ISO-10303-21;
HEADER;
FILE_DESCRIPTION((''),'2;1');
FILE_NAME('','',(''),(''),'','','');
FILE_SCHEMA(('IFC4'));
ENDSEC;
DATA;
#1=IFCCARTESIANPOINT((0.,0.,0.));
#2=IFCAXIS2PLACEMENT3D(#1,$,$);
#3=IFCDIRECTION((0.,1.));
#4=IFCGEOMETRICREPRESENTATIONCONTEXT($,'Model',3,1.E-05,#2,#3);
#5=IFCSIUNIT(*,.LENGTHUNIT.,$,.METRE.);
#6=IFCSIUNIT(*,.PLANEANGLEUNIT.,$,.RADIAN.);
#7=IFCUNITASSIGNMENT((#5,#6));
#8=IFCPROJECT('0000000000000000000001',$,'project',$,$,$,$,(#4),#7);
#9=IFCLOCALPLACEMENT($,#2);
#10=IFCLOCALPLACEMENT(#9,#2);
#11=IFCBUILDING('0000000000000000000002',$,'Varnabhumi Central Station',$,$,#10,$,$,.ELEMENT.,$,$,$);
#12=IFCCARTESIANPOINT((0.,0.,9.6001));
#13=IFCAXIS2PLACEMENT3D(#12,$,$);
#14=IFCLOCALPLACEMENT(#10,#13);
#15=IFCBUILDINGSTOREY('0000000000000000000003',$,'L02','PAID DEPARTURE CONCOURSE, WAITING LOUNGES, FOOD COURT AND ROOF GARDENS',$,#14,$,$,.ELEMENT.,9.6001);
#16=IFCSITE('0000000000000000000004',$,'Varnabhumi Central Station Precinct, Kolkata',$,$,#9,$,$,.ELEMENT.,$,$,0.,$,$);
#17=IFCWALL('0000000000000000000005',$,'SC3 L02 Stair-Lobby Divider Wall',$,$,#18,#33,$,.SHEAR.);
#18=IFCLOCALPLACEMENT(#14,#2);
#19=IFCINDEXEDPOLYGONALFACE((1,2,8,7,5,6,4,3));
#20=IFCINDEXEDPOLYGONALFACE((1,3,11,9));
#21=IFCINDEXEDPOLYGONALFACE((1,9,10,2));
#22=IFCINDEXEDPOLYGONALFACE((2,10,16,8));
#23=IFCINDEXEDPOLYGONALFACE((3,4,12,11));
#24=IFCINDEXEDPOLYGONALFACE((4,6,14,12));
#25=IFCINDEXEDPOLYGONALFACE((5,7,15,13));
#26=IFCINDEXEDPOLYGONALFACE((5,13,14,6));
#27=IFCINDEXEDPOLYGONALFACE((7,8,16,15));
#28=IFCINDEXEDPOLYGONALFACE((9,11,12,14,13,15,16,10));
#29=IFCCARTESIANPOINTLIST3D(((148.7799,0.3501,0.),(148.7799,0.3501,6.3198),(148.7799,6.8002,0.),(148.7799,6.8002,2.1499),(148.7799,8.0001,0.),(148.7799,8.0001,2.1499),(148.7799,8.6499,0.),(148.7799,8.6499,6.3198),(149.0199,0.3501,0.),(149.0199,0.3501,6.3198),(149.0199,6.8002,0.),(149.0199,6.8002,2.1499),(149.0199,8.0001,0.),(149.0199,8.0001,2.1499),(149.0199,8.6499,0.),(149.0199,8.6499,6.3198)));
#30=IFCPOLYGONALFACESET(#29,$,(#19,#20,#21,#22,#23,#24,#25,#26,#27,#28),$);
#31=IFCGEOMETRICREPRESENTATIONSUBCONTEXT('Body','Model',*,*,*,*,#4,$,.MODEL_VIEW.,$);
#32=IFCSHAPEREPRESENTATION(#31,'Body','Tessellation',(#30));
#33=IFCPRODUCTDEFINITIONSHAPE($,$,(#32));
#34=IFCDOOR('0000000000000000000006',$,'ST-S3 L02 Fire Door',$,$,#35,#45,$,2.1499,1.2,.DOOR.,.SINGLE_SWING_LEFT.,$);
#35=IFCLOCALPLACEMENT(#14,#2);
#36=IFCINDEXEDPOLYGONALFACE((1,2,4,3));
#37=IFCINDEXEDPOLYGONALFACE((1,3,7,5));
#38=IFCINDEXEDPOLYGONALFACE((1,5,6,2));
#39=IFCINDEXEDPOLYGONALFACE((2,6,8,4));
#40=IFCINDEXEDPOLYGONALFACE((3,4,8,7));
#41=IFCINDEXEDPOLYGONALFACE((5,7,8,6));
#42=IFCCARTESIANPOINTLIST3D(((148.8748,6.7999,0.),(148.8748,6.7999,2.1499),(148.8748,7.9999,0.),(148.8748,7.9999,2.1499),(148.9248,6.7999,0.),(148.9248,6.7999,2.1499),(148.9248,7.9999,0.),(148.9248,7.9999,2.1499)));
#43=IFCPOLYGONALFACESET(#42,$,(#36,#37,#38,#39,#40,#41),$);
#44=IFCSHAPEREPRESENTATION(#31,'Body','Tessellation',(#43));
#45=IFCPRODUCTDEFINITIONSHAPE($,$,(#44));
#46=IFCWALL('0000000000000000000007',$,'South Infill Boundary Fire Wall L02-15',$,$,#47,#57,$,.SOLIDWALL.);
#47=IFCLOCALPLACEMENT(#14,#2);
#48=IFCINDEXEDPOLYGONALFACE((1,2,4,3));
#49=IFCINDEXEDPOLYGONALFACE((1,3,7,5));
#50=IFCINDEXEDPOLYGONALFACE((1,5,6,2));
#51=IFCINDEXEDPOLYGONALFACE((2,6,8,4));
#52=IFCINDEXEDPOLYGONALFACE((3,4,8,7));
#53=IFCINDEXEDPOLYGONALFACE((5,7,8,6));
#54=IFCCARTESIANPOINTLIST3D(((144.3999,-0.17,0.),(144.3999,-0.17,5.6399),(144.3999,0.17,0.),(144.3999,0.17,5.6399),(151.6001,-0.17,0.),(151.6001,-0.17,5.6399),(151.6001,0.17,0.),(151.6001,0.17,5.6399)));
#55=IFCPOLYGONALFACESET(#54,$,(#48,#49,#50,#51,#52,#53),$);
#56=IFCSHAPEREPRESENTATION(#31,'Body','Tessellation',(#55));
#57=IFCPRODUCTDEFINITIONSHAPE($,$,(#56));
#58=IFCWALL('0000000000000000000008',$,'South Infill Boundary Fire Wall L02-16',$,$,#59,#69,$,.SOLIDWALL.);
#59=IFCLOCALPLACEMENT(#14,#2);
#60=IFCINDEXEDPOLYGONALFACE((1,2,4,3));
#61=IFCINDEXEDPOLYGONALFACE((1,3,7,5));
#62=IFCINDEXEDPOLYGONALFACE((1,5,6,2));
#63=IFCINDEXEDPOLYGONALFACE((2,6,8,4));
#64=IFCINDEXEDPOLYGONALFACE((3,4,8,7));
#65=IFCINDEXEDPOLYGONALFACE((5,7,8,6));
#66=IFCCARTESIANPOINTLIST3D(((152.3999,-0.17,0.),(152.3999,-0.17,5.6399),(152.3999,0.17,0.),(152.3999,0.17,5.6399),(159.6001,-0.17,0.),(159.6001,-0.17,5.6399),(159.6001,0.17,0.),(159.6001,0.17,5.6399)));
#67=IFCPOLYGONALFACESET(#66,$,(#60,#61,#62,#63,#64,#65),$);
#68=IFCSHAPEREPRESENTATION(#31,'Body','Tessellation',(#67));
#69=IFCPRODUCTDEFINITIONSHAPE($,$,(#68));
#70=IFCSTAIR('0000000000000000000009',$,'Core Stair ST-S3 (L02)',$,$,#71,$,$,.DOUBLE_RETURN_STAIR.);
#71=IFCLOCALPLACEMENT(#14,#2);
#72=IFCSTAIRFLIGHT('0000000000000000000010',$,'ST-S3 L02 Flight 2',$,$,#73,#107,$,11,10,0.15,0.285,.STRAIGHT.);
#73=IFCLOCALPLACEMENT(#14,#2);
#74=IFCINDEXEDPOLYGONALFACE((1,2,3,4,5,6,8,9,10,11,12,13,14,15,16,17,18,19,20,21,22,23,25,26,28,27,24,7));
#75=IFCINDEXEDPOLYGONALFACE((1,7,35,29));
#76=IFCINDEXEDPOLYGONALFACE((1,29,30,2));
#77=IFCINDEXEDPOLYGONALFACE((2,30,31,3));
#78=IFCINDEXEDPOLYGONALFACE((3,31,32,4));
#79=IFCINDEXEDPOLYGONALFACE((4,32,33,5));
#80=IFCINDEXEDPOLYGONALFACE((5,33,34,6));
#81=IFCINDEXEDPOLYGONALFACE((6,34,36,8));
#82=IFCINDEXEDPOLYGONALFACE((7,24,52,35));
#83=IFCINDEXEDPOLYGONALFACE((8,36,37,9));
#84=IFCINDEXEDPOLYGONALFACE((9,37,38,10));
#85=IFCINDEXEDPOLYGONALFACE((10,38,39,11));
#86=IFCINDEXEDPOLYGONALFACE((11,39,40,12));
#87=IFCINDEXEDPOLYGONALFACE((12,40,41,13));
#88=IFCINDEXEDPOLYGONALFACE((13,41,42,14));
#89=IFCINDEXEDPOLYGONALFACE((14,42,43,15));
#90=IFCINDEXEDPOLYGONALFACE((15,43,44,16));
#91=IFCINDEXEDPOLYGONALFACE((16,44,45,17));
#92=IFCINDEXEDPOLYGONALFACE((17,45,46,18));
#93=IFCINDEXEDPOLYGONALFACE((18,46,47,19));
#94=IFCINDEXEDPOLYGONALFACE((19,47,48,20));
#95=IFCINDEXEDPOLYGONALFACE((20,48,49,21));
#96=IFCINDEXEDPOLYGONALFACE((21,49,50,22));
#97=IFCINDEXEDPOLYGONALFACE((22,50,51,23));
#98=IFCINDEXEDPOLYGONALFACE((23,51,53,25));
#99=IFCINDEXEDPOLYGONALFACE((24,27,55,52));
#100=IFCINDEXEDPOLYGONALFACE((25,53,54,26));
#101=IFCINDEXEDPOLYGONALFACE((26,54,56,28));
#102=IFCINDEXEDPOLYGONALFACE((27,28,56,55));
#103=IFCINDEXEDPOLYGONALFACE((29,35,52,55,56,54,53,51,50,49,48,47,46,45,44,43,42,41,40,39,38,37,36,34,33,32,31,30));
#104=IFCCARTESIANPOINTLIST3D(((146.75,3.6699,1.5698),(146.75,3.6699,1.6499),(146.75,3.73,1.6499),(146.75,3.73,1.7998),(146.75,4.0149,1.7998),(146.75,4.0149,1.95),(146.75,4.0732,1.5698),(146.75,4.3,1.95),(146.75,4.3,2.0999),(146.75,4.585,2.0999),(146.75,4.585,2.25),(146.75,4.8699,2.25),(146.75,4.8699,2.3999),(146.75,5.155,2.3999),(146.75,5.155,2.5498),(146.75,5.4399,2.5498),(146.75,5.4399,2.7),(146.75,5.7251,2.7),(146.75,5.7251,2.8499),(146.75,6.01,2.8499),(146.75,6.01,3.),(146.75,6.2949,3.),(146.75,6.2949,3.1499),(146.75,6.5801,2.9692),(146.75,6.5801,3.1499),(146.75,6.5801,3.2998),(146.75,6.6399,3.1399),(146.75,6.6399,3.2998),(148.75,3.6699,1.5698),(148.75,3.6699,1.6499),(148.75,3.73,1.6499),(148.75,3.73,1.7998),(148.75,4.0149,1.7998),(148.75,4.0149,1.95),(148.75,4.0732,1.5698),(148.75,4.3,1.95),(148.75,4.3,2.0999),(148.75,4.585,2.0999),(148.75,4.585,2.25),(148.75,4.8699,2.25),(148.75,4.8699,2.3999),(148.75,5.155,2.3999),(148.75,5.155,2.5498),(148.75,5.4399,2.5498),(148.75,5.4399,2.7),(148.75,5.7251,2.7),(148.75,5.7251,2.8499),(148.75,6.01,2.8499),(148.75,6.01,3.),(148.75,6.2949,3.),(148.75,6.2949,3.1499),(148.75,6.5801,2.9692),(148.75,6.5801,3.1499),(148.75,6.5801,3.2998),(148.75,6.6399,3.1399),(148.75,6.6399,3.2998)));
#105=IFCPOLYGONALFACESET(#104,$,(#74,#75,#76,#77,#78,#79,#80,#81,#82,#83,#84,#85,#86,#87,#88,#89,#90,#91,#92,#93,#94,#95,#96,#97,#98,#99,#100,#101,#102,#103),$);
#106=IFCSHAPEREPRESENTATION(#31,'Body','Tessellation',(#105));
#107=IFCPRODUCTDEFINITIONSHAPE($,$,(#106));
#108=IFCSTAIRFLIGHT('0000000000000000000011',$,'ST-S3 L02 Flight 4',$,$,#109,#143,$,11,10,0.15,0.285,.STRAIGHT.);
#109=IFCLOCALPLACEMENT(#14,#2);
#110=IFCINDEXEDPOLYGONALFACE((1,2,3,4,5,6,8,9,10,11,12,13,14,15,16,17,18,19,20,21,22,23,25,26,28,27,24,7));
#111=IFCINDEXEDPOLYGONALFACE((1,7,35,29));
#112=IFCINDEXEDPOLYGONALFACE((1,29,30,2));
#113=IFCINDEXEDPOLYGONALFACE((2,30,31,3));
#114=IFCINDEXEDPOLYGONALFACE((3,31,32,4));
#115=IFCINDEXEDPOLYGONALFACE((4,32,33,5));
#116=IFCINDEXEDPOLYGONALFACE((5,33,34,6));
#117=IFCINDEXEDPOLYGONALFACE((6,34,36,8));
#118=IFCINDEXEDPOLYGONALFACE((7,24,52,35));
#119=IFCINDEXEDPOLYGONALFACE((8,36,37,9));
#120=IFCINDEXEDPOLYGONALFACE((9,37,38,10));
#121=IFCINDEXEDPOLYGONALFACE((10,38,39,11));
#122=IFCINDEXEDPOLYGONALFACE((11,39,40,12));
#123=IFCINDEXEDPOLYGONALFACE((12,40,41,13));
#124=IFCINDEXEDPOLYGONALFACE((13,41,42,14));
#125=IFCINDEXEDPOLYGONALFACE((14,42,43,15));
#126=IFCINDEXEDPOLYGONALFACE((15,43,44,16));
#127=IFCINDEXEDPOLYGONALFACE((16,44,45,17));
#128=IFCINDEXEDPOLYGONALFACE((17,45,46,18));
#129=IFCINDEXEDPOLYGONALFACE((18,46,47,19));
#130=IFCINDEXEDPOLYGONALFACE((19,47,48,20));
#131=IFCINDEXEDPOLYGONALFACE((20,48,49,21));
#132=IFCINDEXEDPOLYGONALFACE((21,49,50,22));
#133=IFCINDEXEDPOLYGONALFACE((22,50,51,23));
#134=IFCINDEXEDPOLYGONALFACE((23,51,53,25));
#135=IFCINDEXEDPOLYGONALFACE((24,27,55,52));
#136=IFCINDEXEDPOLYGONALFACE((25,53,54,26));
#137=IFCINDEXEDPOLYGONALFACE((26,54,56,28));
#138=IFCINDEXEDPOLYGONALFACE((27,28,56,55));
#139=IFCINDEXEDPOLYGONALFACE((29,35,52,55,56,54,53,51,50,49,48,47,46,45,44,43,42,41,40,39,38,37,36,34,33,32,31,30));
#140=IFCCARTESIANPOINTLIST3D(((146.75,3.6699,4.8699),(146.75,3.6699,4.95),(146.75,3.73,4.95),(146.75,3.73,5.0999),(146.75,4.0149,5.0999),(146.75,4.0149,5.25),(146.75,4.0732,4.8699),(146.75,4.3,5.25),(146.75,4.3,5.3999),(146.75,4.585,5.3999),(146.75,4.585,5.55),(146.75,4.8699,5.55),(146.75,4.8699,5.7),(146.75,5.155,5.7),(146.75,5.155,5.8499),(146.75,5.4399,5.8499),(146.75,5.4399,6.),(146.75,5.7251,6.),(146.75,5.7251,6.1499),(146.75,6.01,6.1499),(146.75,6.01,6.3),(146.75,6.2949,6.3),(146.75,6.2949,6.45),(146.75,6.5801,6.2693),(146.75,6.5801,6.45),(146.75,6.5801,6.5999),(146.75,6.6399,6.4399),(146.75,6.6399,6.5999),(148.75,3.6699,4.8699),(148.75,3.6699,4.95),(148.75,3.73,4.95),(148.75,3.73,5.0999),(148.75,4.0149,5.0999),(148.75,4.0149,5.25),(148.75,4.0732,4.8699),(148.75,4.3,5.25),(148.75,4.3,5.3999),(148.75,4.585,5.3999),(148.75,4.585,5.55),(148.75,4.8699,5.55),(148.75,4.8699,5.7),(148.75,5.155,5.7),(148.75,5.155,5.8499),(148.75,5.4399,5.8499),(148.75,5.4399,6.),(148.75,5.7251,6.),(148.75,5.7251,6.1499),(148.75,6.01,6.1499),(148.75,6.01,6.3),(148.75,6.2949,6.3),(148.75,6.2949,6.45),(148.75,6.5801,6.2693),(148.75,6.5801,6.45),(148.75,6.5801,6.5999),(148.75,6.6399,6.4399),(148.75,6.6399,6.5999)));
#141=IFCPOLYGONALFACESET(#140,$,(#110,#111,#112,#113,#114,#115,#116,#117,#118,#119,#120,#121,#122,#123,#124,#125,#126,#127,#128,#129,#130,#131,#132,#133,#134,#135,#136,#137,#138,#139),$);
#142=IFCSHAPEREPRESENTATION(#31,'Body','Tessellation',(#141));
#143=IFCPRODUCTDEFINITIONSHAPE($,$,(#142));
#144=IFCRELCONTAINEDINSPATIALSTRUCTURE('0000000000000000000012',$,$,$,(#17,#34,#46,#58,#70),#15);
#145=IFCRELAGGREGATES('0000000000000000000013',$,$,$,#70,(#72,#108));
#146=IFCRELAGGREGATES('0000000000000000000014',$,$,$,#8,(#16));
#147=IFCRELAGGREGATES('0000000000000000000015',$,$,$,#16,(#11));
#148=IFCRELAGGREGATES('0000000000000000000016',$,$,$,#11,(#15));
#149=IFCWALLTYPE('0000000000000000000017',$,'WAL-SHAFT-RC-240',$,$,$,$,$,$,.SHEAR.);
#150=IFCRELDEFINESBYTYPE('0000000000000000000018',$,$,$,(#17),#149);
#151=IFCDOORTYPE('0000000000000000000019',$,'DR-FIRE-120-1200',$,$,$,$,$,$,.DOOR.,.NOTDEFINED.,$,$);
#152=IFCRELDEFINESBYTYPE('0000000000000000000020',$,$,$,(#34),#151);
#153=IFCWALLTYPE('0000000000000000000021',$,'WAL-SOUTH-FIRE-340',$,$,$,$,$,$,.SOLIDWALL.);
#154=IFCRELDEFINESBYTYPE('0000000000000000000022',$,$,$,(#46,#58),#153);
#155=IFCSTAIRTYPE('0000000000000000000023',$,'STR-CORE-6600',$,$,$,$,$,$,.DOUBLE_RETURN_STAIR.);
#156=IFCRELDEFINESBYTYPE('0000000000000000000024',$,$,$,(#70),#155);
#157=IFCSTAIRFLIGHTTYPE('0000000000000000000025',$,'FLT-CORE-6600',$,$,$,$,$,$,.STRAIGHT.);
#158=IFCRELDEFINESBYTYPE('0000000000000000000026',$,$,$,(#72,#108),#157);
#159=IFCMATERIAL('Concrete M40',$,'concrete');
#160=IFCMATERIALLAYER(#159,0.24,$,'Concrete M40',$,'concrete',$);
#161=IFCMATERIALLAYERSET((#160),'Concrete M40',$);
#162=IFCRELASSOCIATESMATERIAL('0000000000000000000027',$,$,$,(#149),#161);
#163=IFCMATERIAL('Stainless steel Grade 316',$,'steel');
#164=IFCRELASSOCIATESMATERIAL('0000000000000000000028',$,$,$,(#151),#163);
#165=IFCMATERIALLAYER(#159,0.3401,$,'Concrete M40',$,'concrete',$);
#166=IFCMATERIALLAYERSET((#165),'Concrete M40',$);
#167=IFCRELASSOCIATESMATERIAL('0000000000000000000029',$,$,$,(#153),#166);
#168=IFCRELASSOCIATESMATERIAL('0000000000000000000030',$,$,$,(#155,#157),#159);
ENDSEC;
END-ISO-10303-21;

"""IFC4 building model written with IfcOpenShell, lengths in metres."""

from ifc_helpers import new_model, si_unit, direction, frame, frame_2d, origin, place, context, subcontext, project, spatial, polyline, rectangle, outline, extrude, material, layer, layer_set, type_object, element, fill, aggregate, save


model = new_model("IFC4")

# Units and contexts
model_context = context("Model", 3, precision=1e-05, world=origin(), true_north=direction((0.0, 1.0)))
body_context = subcontext(model_context, "Body", "Model", "MODEL_VIEW")
ifc_project = project(units=[si_unit("LENGTHUNIT", "METRE"), si_unit("PLANEANGLEUNIT", "RADIAN")], contexts=[model_context])

# Site, building, storey
site_placement = place(None, origin())
site = spatial("IfcSite", under=ifc_project, at=site_placement, Name="Varnabhumi Central Station Precinct, Kolkata", CompositionType="ELEMENT", RefElevation=0.0)
building_placement = place(site_placement, origin())
building = spatial("IfcBuilding", under=site, at=building_placement, Name="Varnabhumi Central Station", CompositionType="ELEMENT")
storey_placement = place(building_placement, frame((0.0, 0.0, 9.6001)))
storey = spatial("IfcBuildingStorey", under=building, at=storey_placement, Name="L02", Description="PAID DEPARTURE CONCOURSE, WAITING LOUNGES, FOOD COURT AND ROOF GARDENS", CompositionType="ELEMENT", Elevation=9.6001)

# Shared definitions
ifc_material_1 = material(Name="Concrete M40", Category="concrete")

# Wall, opening, door
ifc_layer_1 = layer(ifc_material_1, 0.24, Name="Concrete M40", Category="concrete")
ifc_layer_set_1 = layer_set([ifc_layer_1], Name="Concrete M40")
wall_type_1 = type_object("IfcWallType", Name="WAL-SHAFT-RC-240", PredefinedType="SHEAR", material=ifc_layer_set_1)
wall_1_placement = place(storey_placement, frame((148.8999, 0.3501, 0.0), z_axis=(0.0, 0.0, 1.0), x_axis=(0.0, 1.0, 0.0)))
wall_1 = element("IfcWall", 1, at=wall_1_placement, inside=storey, type_object=wall_type_1, Name="SC3 L02 Stair-Lobby Divider Wall", PredefinedType="SHEAR", context=body_context, shape_type="SweptSolid", body=[
    extrude(rectangle(XDim=8.2998, YDim=0.24, at=frame_2d((4.1499, 0.0))), origin(), (0.0, 0.0, 1.0), 6.3198),
])
opening_1_placement = place(wall_1_placement, frame((6.45, 0.0, 0.0)))
opening_1 = element("IfcOpeningElement", 2, at=opening_1_placement, cuts=wall_1, PredefinedType="OPENING", context=body_context, shape_type="SweptSolid", body=[
    extrude(rectangle(XDim=1.2, YDim=2.1499, at=frame_2d((0.6001, 1.075))), frame((0.0, 0.1299, 0.0), z_axis=(0.0, -1.0, 0.0), x_axis=(1.0, 0.0, 0.0)), (0.0, 0.0, 1.0), 0.26),
])
ifc_material_2 = material(Name="Stainless steel Grade 316", Category="steel")
door_type_1 = type_object("IfcDoorType", Name="DR-FIRE-120-1200", OperationType="NOTDEFINED", PredefinedType="DOOR", material=ifc_material_2)
door_1_placement = place(opening_1_placement, frame((1.2, 0.0, 0.0), z_axis=(0.0, 0.0, 1.0), x_axis=(-1.0, 0.0, 0.0)))
door_1 = element("IfcDoor", 3, at=door_1_placement, inside=storey, type_object=door_type_1, Name="ST-S3 L02 Fire Door", OperationType="SINGLE_SWING_LEFT", OverallHeight=2.1499, OverallWidth=1.2, PredefinedType="DOOR", context=body_context, shape_type="SweptSolid", body=[
    extrude(rectangle(XDim=1.2, YDim=2.1499, at=frame_2d((0.6001, 1.075))), frame((0.0, 0.0249, 0.0), z_axis=(0.0, -1.0, 0.0), x_axis=(1.0, 0.0, 0.0)), (0.0, 0.0, 1.0), 0.05),
])
fill(opening_1, door_1)

# Walls
ifc_layer_2 = layer(ifc_material_1, 0.3401, Name="Concrete M40", Category="concrete")
ifc_layer_set_2 = layer_set([ifc_layer_2], Name="Concrete M40")
wall_type_2 = type_object("IfcWallType", Name="WAL-SOUTH-FIRE-340", PredefinedType="SOLIDWALL", material=ifc_layer_set_2)
for number, where, z_axis, x_axis, name in (
    (4, (144.3999, 0.0, 0.0), (0.0, 0.0, 1.0), (1.0, 0.0, 0.0), "South Infill Boundary Fire Wall L02-15"),
    (5, (152.3999, 0.0, 0.0), (0.0, 0.0, 1.0), (1.0, 0.0, 0.0), "South Infill Boundary Fire Wall L02-16"),
):
    element("IfcWall", number, at=place(storey_placement, frame(where, z_axis=z_axis, x_axis=x_axis)), inside=storey, type_object=wall_type_2, Name=name, PredefinedType="SOLIDWALL", context=body_context, shape_type="SweptSolid", body=[
        extrude(rectangle(XDim=7.2002, YDim=0.3401, at=frame_2d((3.6001, 0.0))), origin(), (0.0, 0.0, 1.0), 5.6399),
    ])

# Stair, stair flights
stair_type = type_object("IfcStairType", Name="STR-CORE-6600", PredefinedType="DOUBLE_RETURN_STAIR", material=ifc_material_1)
stair_placement = place(storey_placement, origin())
stair = element("IfcStair", 6, at=stair_placement, inside=storey, type_object=stair_type, Name="Core Stair ST-S3 (L02)", PredefinedType="DOUBLE_RETURN_STAIR")
stair_flight_type = type_object("IfcStairFlightType", Name="FLT-CORE-6600", PredefinedType="STRAIGHT", material=ifc_material_1)
stair_flight_1_placement = place(storey_placement, frame((147.75, 3.73, 1.6499), z_axis=(0.0, 0.0, 1.0), x_axis=(0.0, 1.0, 0.0)))
stair_flight_1 = element("IfcStairFlight", 7, at=stair_flight_1_placement, type_object=stair_flight_type, Name="ST-S3 L02 Flight 2", NumberOfRisers=11, NumberOfTreads=10, PredefinedType="STRAIGHT", RiserHeight=0.15, TreadLength=0.285, context=body_context, shape_type="SweptSolid", body=[
    extrude(outline(polyline([(-0.0601, -0.0801), (-0.0601, 0.0), (0.0, 0.0), (0.0, 0.1499), (0.2849, 0.1499), (0.2849, 0.3), (0.5701, 0.3), (0.5701, 0.45), (0.855, 0.45), (0.855, 0.6001), (1.1399, 0.6001), (1.1399, 0.75), (1.425, 0.75), (1.425, 0.8999), (1.71, 0.8999), (1.71, 1.05), (1.9951, 1.05), (1.9951, 1.2), (2.28, 1.2), (2.28, 1.3501), (2.5649, 1.3501), (2.5649, 1.5), (2.8501, 1.5), (2.8501, 1.6499), (2.9099, 1.6499), (2.9099, 1.49), (2.8501, 1.3193), (0.3433, -0.0801), (-0.0601, -0.0801)])), frame((0.0, 1.0, 0.0), z_axis=(0.0, -1.0, 0.0), x_axis=(1.0, 0.0, 0.0)), (0.0, 0.0, 1.0), 2.0),
])
stair_flight_2_placement = place(storey_placement, frame((147.75, 3.73, 4.95), z_axis=(0.0, 0.0, 1.0), x_axis=(0.0, 1.0, 0.0)))
stair_flight_2 = element("IfcStairFlight", 8, at=stair_flight_2_placement, type_object=stair_flight_type, Name="ST-S3 L02 Flight 4", NumberOfRisers=11, NumberOfTreads=10, PredefinedType="STRAIGHT", RiserHeight=0.15, TreadLength=0.285, context=body_context, shape_type="SweptSolid", body=[
    extrude(outline(polyline([(-0.0601, -0.0801), (-0.0601, 0.0), (0.0, 0.0), (0.0, 0.1499), (0.2849, 0.1499), (0.2849, 0.3), (0.5701, 0.3), (0.5701, 0.45), (0.855, 0.45), (0.855, 0.6001), (1.1399, 0.6001), (1.1399, 0.75), (1.425, 0.75), (1.425, 0.8999), (1.71, 0.8999), (1.71, 1.05), (1.9951, 1.05), (1.9951, 1.2), (2.28, 1.2), (2.28, 1.3501), (2.5649, 1.3501), (2.5649, 1.5), (2.8501, 1.5), (2.8501, 1.6499), (2.9099, 1.6499), (2.9099, 1.49), (2.8501, 1.3193), (0.3433, -0.0801), (-0.0601, -0.0801)])), frame((0.0, 1.0, 0.0), z_axis=(0.0, -1.0, 0.0), x_axis=(1.0, 0.0, 0.0)), (0.0, 0.0, 1.0), 2.0),
])
aggregate(stair, [stair_flight_1, stair_flight_2])

save(model, "model.ifc")
